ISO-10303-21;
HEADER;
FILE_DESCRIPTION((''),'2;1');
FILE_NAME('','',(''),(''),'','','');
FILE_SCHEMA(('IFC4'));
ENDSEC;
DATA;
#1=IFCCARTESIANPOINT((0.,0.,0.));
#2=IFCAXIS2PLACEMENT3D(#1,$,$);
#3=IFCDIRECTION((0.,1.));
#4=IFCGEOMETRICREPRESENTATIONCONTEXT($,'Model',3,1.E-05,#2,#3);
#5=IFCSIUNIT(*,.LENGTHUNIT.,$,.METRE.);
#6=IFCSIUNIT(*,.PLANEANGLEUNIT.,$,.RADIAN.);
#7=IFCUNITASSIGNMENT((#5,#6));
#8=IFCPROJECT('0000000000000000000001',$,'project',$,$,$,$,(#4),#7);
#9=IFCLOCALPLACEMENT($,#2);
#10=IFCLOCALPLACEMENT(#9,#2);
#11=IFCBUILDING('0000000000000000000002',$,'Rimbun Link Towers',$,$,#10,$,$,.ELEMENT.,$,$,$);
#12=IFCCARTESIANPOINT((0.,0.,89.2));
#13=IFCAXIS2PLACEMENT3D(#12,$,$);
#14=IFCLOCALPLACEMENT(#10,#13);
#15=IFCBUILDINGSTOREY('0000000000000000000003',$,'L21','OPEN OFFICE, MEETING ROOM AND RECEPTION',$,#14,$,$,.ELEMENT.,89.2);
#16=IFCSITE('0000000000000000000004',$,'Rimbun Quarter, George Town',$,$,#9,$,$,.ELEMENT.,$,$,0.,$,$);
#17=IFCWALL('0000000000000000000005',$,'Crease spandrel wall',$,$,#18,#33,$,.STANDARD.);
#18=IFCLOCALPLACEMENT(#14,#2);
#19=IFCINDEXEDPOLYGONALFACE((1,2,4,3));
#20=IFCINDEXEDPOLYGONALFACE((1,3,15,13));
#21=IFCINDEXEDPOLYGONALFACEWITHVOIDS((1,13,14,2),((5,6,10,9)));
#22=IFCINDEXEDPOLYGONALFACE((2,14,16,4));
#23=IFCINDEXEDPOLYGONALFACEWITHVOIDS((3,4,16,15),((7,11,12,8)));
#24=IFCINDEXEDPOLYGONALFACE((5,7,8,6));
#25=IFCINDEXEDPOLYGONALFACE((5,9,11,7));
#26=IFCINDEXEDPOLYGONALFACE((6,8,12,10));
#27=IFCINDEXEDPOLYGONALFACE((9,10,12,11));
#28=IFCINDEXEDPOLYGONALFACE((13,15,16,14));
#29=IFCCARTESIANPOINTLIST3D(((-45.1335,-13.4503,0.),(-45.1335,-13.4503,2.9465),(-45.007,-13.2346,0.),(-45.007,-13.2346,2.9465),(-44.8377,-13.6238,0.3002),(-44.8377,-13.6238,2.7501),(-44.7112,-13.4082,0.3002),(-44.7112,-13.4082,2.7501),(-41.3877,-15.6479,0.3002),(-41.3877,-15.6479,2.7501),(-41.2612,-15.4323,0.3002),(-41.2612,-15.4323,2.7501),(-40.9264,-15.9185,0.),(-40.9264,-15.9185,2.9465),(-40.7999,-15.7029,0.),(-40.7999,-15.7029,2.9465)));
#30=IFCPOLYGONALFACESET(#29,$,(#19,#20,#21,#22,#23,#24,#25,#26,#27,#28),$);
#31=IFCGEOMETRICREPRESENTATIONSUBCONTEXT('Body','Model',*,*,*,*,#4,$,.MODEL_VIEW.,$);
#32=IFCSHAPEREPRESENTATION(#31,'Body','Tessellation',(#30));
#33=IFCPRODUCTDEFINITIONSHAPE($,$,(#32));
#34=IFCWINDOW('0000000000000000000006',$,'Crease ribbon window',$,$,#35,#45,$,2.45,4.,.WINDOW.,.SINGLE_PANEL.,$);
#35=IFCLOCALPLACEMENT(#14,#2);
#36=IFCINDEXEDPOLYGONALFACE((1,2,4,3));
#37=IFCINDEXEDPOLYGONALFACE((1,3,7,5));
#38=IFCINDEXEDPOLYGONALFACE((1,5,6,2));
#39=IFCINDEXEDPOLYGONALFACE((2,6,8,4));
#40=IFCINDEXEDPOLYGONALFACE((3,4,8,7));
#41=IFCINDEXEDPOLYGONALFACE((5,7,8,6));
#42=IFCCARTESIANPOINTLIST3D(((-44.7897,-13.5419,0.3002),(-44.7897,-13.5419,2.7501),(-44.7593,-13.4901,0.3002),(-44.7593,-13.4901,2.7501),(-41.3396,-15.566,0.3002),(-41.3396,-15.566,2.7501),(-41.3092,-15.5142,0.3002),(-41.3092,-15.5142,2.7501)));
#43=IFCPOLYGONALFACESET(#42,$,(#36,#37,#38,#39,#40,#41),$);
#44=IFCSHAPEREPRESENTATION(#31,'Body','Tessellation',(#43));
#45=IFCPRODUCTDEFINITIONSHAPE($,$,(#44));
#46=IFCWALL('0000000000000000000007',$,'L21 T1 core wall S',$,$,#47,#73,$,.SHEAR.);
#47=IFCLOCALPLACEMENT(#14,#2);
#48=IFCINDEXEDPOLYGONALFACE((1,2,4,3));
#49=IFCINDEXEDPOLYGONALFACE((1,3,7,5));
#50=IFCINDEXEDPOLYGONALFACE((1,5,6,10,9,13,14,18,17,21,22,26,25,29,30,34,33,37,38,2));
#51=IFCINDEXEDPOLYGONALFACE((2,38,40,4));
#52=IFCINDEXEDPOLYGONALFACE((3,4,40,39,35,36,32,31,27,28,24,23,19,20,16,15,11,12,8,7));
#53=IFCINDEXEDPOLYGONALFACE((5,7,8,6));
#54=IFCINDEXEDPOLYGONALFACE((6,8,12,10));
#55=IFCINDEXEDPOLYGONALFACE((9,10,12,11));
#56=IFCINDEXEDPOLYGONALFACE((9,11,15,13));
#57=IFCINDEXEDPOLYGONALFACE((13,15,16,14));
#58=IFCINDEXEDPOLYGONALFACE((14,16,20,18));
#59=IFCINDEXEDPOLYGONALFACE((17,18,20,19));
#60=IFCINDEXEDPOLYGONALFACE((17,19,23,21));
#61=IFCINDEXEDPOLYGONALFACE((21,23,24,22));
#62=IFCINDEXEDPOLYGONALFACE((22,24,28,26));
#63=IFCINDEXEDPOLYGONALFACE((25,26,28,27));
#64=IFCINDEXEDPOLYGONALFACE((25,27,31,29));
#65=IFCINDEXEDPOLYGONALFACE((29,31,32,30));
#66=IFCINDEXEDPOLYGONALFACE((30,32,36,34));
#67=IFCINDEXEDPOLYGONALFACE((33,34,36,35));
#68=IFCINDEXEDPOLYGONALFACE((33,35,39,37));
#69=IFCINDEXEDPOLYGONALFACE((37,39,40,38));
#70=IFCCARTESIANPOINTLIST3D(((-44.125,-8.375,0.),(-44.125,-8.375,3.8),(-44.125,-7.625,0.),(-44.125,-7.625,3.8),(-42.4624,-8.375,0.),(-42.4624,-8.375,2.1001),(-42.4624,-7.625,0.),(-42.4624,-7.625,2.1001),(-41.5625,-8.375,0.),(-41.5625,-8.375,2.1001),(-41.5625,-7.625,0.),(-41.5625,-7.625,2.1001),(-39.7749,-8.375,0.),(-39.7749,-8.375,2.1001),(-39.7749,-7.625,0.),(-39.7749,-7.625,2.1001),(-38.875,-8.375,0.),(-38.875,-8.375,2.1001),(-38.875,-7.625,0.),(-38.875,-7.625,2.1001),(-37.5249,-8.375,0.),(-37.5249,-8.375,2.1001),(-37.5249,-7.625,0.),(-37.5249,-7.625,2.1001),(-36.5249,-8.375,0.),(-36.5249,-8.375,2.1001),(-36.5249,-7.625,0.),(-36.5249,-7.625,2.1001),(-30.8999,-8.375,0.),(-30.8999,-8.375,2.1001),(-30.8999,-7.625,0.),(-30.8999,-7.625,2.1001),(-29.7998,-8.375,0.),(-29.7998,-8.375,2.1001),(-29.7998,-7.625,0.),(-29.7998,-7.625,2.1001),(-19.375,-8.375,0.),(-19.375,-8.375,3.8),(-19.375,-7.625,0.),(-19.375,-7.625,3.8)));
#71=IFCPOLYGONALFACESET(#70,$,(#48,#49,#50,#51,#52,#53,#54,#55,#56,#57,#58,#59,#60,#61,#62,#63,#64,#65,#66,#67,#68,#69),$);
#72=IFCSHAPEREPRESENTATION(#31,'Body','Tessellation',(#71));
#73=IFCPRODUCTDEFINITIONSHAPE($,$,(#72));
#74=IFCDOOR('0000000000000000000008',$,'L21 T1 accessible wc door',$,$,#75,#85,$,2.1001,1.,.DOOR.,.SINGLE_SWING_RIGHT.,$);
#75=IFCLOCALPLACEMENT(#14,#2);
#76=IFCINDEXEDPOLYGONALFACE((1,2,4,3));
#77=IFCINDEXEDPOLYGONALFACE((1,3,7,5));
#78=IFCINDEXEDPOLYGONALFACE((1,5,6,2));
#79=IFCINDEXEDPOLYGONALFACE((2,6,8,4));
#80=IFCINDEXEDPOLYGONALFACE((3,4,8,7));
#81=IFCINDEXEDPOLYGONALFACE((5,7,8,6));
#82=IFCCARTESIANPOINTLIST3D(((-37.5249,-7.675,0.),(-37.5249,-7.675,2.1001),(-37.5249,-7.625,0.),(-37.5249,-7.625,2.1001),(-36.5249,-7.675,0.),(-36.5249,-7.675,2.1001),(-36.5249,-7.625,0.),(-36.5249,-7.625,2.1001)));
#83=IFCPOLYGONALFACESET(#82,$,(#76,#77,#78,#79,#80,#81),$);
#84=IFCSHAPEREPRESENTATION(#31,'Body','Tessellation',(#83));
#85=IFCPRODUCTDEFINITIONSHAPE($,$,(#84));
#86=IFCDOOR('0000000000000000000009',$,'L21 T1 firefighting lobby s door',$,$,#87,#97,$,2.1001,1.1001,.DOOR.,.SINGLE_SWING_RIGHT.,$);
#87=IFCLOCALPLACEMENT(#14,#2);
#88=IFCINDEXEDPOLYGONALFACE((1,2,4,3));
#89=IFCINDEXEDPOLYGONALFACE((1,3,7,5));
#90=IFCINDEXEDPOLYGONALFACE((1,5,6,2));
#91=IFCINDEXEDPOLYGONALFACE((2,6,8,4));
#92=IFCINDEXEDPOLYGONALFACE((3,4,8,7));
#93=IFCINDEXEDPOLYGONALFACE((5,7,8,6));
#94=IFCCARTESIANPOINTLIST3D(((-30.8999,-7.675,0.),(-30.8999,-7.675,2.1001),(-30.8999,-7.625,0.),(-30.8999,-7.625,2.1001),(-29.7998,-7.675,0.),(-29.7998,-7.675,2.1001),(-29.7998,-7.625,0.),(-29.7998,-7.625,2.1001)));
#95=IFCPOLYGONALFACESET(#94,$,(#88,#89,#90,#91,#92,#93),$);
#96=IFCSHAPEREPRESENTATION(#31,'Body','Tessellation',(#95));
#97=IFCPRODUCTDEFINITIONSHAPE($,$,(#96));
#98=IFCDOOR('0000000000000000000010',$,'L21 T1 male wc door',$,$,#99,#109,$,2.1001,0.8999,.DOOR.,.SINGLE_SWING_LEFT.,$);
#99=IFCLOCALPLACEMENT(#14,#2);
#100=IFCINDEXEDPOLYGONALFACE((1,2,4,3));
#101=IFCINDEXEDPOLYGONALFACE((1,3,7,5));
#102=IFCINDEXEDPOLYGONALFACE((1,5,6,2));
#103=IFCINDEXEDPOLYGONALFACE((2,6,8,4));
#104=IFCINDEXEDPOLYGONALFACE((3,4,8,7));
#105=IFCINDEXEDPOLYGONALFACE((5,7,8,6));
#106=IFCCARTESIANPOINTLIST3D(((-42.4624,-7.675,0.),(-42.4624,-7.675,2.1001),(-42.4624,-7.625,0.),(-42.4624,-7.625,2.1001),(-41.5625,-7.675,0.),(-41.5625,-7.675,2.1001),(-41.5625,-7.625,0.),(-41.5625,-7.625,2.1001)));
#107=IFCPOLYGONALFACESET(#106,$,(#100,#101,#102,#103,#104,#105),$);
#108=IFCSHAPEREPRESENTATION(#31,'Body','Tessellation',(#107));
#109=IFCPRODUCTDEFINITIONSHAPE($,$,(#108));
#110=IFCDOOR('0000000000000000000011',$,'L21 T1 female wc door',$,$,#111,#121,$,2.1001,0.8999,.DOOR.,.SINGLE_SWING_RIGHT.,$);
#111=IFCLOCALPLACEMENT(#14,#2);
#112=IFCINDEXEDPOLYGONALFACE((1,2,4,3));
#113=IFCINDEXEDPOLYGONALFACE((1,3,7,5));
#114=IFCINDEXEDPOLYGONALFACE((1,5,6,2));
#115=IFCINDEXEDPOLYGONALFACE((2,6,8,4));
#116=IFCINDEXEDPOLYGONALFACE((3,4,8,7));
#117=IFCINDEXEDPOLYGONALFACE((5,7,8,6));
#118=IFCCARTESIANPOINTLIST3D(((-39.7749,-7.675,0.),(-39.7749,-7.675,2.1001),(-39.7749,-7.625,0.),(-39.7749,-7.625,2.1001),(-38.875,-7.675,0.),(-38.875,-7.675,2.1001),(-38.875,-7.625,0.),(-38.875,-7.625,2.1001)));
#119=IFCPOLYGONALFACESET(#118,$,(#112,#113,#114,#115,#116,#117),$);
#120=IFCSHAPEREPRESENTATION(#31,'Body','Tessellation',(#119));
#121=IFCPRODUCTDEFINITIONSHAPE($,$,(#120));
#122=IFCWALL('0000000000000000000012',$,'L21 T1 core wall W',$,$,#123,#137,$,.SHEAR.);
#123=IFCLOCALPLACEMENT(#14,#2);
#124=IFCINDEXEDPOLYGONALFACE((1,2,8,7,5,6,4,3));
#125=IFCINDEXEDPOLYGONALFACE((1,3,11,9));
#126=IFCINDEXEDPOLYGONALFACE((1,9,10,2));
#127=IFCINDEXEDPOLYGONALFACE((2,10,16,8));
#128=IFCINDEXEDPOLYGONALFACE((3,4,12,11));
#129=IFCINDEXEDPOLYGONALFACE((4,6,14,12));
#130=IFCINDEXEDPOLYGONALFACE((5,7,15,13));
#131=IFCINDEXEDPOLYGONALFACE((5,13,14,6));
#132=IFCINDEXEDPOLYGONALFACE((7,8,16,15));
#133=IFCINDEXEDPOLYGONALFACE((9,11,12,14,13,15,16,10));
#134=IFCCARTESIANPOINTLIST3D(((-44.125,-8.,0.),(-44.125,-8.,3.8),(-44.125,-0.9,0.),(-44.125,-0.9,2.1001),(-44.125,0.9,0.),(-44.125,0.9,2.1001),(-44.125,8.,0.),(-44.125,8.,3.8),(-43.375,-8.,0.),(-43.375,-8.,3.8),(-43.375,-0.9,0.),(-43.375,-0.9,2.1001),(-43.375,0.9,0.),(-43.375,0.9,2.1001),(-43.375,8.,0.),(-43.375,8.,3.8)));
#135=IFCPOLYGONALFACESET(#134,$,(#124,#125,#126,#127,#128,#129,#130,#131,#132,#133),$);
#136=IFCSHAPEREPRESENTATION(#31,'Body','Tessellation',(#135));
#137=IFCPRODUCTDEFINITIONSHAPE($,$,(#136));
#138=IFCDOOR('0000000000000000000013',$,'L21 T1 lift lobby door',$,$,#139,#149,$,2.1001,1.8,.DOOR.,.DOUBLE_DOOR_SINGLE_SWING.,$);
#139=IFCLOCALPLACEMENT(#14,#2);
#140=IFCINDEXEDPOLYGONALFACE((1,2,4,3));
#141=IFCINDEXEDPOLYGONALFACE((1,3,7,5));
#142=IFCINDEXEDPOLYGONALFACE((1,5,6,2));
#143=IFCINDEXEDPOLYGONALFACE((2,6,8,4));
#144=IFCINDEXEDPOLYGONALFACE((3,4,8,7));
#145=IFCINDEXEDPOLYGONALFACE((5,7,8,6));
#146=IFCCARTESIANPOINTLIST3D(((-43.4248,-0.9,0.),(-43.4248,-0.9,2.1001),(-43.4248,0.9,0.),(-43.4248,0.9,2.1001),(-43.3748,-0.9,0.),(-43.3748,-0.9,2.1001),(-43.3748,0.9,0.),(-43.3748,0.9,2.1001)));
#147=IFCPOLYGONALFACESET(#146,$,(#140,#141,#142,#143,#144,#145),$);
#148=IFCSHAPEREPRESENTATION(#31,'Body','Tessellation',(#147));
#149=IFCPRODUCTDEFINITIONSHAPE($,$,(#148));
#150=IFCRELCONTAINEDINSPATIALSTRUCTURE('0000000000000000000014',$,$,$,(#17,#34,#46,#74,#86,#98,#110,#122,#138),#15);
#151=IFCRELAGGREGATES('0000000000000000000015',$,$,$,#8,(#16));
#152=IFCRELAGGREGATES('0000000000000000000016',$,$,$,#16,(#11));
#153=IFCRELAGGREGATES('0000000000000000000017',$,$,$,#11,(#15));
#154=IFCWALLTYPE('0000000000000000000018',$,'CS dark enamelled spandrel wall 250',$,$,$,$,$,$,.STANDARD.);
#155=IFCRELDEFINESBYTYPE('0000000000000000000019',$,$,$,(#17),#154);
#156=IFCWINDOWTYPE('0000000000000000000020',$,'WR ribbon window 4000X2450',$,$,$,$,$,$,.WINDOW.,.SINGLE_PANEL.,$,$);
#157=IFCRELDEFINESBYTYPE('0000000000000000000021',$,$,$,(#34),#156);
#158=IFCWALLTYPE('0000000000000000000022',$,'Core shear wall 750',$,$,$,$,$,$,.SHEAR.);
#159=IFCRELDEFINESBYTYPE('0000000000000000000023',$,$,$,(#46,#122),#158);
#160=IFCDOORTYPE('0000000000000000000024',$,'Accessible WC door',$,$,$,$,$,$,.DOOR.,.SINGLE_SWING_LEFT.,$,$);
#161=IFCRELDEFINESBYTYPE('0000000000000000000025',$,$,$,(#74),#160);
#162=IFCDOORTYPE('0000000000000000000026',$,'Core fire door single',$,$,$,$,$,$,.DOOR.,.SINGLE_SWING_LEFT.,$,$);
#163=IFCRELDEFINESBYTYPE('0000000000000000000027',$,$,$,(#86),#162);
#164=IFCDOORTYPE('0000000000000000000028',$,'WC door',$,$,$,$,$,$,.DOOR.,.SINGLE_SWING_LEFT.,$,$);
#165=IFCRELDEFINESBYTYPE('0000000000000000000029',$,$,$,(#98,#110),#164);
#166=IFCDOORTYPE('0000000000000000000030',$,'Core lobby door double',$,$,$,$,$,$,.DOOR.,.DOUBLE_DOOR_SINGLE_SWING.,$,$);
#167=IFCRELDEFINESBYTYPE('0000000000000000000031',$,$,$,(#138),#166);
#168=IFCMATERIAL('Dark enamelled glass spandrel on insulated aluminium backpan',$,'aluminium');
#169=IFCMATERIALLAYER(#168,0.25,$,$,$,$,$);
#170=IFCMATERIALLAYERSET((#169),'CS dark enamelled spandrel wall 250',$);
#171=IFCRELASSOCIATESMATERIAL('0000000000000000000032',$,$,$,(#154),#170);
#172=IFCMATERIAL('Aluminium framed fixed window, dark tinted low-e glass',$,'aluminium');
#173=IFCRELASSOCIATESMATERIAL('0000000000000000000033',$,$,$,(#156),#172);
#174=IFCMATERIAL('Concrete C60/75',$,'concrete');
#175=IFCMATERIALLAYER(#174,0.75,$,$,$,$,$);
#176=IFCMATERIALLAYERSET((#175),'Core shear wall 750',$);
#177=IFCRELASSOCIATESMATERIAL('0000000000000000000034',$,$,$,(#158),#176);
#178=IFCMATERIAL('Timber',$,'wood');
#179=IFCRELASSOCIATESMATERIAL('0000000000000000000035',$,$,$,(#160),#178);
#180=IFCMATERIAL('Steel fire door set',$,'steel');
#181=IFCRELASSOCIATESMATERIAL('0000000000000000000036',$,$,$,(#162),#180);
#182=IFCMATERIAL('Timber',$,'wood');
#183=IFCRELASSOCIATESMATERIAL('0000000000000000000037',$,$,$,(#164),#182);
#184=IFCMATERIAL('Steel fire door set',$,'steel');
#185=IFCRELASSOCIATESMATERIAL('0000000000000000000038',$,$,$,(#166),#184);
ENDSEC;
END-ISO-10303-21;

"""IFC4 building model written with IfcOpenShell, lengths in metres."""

from ifc_helpers import new_model, si_unit, direction, frame, frame_2d, origin, place, context, subcontext, project, spatial, rectangle, extrude, material, layer, layer_set, type_object, element, fill, save


model = new_model("IFC4")

# Units and contexts
model_context = context("Model", 3, precision=1e-05, world=origin(), true_north=direction((0.0, 1.0)))
body_context = subcontext(model_context, "Body", "Model", "MODEL_VIEW")
ifc_project = project(units=[si_unit("LENGTHUNIT", "METRE"), si_unit("PLANEANGLEUNIT", "RADIAN")], contexts=[model_context])

# Site, building, storey
site_placement = place(None, origin())
site = spatial("IfcSite", under=ifc_project, at=site_placement, Name="Rimbun Quarter, George Town", CompositionType="ELEMENT", RefElevation=0.0)
building_placement = place(site_placement, origin())
building = spatial("IfcBuilding", under=site, at=building_placement, Name="Rimbun Link Towers", CompositionType="ELEMENT")
storey_placement = place(building_placement, frame((0.0, 0.0, 89.2)))
storey = spatial("IfcBuildingStorey", under=building, at=storey_placement, Name="L21", Description="OPEN OFFICE, MEETING ROOM AND RECEPTION", CompositionType="ELEMENT", Elevation=89.2)

# Wall, opening, window
ifc_material_1 = material(Name="Dark enamelled glass spandrel on insulated aluminium backpan", Category="aluminium")
ifc_layer_1 = layer(ifc_material_1, 0.25)
ifc_layer_set_1 = layer_set([ifc_layer_1], Name="CS dark enamelled spandrel wall 250")
wall_type_1 = type_object("IfcWallType", Name="CS dark enamelled spandrel wall 250", PredefinedType="STANDARD", material=ifc_layer_set_1)
wall_1_placement = place(storey_placement, frame((-40.863, -15.8108, 0.0), z_axis=(0.0, 0.0, 1.0), x_axis=(-0.862513, 0.506035, 0.0)))
wall_1 = element("IfcWall", 1, at=wall_1_placement, inside=storey, type_object=wall_type_1, Name="Crease spandrel wall", PredefinedType="STANDARD", context=body_context, shape_type="SweptSolid", body=[
    extrude(rectangle(XDim=4.8777, YDim=0.25, at=frame_2d((2.439, 0.0))), origin(), (0.0, 0.0, 1.0), 2.9465),
])
opening_1_placement = place(wall_1_placement, frame((0.5349, 0.0, 0.3)))
opening_1 = element("IfcOpeningElement", 2, at=opening_1_placement, cuts=wall_1, PredefinedType="OPENING", context=body_context, shape_type="SweptSolid", body=[
    extrude(rectangle(XDim=4.0, YDim=2.45, at=frame_2d((2.0, 1.2251))), frame((0.0, 0.135, 0.0), z_axis=(0.0, -1.0, 0.0), x_axis=(1.0, 0.0, 0.0)), (0.0, 0.0, 1.0), 0.27),
])
ifc_material_2 = material(Name="Aluminium framed fixed window, dark tinted low-e glass", Category="aluminium")
window_type_1 = type_object("IfcWindowType", Name="WR ribbon window 4000X2450", PartitioningType="SINGLE_PANEL", PredefinedType="WINDOW", material=ifc_material_2)
window_1_placement = place(opening_1_placement, origin())
window_1 = element("IfcWindow", 3, at=window_1_placement, inside=storey, type_object=window_type_1, Name="Crease ribbon window", OverallHeight=2.45, OverallWidth=4.0, PartitioningType="SINGLE_PANEL", PredefinedType="WINDOW", context=body_context, shape_type="SweptSolid", body=[
    extrude(rectangle(XDim=4.0, YDim=2.45, at=frame_2d((2.0, 1.2251))), frame((0.0, 0.03, 0.0), z_axis=(0.0, -1.0, 0.0), x_axis=(1.0, 0.0, 0.0)), (0.0, 0.0, 1.0), 0.0601),
])
fill(opening_1, window_1)

# Wall, openings, doors
ifc_material_3 = material(Name="Concrete C60/75", Category="concrete")
ifc_layer_2 = layer(ifc_material_3, 0.75)
ifc_layer_set_2 = layer_set([ifc_layer_2], Name="Core shear wall 750")
wall_type_2 = type_object("IfcWallType", Name="Core shear wall 750", PredefinedType="SHEAR", material=ifc_layer_set_2)
wall_2_placement = place(storey_placement, frame((-44.125, -8.0, 0.0), z_axis=(0.0, 0.0, 1.0), x_axis=(1.0, 0.0, 0.0)))
wall_2 = element("IfcWall", 4, at=wall_2_placement, inside=storey, type_object=wall_type_2, Name="L21 T1 core wall S", PredefinedType="SHEAR", context=body_context, shape_type="SweptSolid", body=[
    extrude(rectangle(XDim=24.75, YDim=0.75, at=frame_2d((12.375, 0.0))), origin(), (0.0, 0.0, 1.0), 3.8),
])
opening_2_placement = place(wall_2_placement, frame((13.2251, 0.0, 0.0)))
opening_2 = element("IfcOpeningElement", 5, at=opening_2_placement, cuts=wall_2, PredefinedType="OPENING", context=body_context, shape_type="SweptSolid", body=[
    extrude(rectangle(XDim=1.1001, YDim=2.1001, at=frame_2d((0.55, 1.05))), frame((0.0, 0.385, 0.0), z_axis=(0.0, -1.0, 0.0), x_axis=(1.0, 0.0, 0.0)), (0.0, 0.0, 1.0), 0.77),
])
opening_3_placement = place(wall_2_placement, frame((1.6626, 0.0, 0.0)))
opening_3 = element("IfcOpeningElement", 6, at=opening_3_placement, cuts=wall_2, PredefinedType="OPENING", context=body_context, shape_type="SweptSolid", body=[
    extrude(rectangle(XDim=0.8999, YDim=2.1001, at=frame_2d((0.45, 1.05))), frame((0.0, 0.385, 0.0), z_axis=(0.0, -1.0, 0.0), x_axis=(1.0, 0.0, 0.0)), (0.0, 0.0, 1.0), 0.77),
])
opening_4_placement = place(wall_2_placement, frame((4.3501, 0.0, 0.0)))
opening_4 = element("IfcOpeningElement", 7, at=opening_4_placement, cuts=wall_2, PredefinedType="OPENING", context=body_context, shape_type="SweptSolid", body=[
    extrude(rectangle(XDim=0.8999, YDim=2.1001, at=frame_2d((0.45, 1.05))), frame((0.0, 0.385, 0.0), z_axis=(0.0, -1.0, 0.0), x_axis=(1.0, 0.0, 0.0)), (0.0, 0.0, 1.0), 0.77),
])
opening_5_placement = place(wall_2_placement, frame((6.6001, 0.0, 0.0)))
opening_5 = element("IfcOpeningElement", 8, at=opening_5_placement, cuts=wall_2, PredefinedType="OPENING", context=body_context, shape_type="SweptSolid", body=[
    extrude(rectangle(XDim=1.0, YDim=2.1001, at=frame_2d((0.5, 1.05))), frame((0.0, 0.385, 0.0), z_axis=(0.0, -1.0, 0.0), x_axis=(1.0, 0.0, 0.0)), (0.0, 0.0, 1.0), 0.77),
])
ifc_material_4 = material(Name="Timber", Category="wood")
door_type_1 = type_object("IfcDoorType", Name="Accessible WC door", OperationType="SINGLE_SWING_LEFT", PredefinedType="DOOR", material=ifc_material_4)
door_1_placement = place(opening_5_placement, origin())
door_1 = element("IfcDoor", 9, at=door_1_placement, inside=storey, type_object=door_type_1, Name="L21 T1 accessible wc door", OperationType="SINGLE_SWING_RIGHT", OverallHeight=2.1001, OverallWidth=1.0, PredefinedType="DOOR", context=body_context, shape_type="SweptSolid", body=[
    extrude(rectangle(XDim=1.0, YDim=2.1001, at=frame_2d((0.5, 1.05))), frame((0.0, 0.375, 0.0), z_axis=(0.0, -1.0, 0.0), x_axis=(1.0, 0.0, 0.0)), (0.0, 0.0, 1.0), 0.05),
])
fill(opening_5, door_1)
ifc_material_5 = material(Name="Steel fire door set", Category="steel")
door_type_2 = type_object("IfcDoorType", Name="Core fire door single", OperationType="SINGLE_SWING_LEFT", PredefinedType="DOOR", material=ifc_material_5)
door_2_placement = place(opening_2_placement, origin())
door_2 = element("IfcDoor", 10, at=door_2_placement, inside=storey, type_object=door_type_2, Name="L21 T1 firefighting lobby s door", OperationType="SINGLE_SWING_RIGHT", OverallHeight=2.1001, OverallWidth=1.1001, PredefinedType="DOOR", context=body_context, shape_type="SweptSolid", body=[
    extrude(rectangle(XDim=1.1001, YDim=2.1001, at=frame_2d((0.55, 1.05))), frame((0.0, 0.375, 0.0), z_axis=(0.0, -1.0, 0.0), x_axis=(1.0, 0.0, 0.0)), (0.0, 0.0, 1.0), 0.05),
])
fill(opening_2, door_2)
ifc_material_6 = material(Name="Timber", Category="wood")
door_type_3 = type_object("IfcDoorType", Name="WC door", OperationType="SINGLE_SWING_LEFT", PredefinedType="DOOR", material=ifc_material_6)
door_3_placement = place(opening_3_placement, origin())
door_3 = element("IfcDoor", 11, at=door_3_placement, inside=storey, type_object=door_type_3, Name="L21 T1 male wc door", OperationType="SINGLE_SWING_LEFT", OverallHeight=2.1001, OverallWidth=0.8999, PredefinedType="DOOR", context=body_context, shape_type="SweptSolid", body=[
    extrude(rectangle(XDim=0.8999, YDim=2.1001, at=frame_2d((0.45, 1.05))), frame((0.0, 0.375, 0.0), z_axis=(0.0, -1.0, 0.0), x_axis=(1.0, 0.0, 0.0)), (0.0, 0.0, 1.0), 0.05),
])
fill(opening_3, door_3)
door_4_placement = place(opening_4_placement, origin())
door_4 = element("IfcDoor", 12, at=door_4_placement, inside=storey, type_object=door_type_3, Name="L21 T1 female wc door", OperationType="SINGLE_SWING_RIGHT", OverallHeight=2.1001, OverallWidth=0.8999, PredefinedType="DOOR", context=body_context, shape_type="SweptSolid", body=[
    extrude(rectangle(XDim=0.8999, YDim=2.1001, at=frame_2d((0.45, 1.05))), frame((0.0, 0.375, 0.0), z_axis=(0.0, -1.0, 0.0), x_axis=(1.0, 0.0, 0.0)), (0.0, 0.0, 1.0), 0.05),
])
fill(opening_4, door_4)

# Wall, opening, door
wall_3_placement = place(storey_placement, frame((-43.75, -8.0, 0.0), z_axis=(0.0, 0.0, 1.0), x_axis=(0.0, 1.0, 0.0)))
wall_3 = element("IfcWall", 13, at=wall_3_placement, inside=storey, type_object=wall_type_2, Name="L21 T1 core wall W", PredefinedType="SHEAR", context=body_context, shape_type="SweptSolid", body=[
    extrude(rectangle(XDim=16.0, YDim=0.75, at=frame_2d((8.0, 0.0))), origin(), (0.0, 0.0, 1.0), 3.8),
])
opening_6_placement = place(wall_3_placement, frame((7.1001, 0.0, 0.0)))
opening_6 = element("IfcOpeningElement", 14, at=opening_6_placement, cuts=wall_3, PredefinedType="OPENING", context=body_context, shape_type="SweptSolid", body=[
    extrude(rectangle(XDim=1.8, YDim=2.1001, at=frame_2d((0.8999, 1.05))), frame((0.0, 0.385, 0.0), z_axis=(0.0, -1.0, 0.0), x_axis=(1.0, 0.0, 0.0)), (0.0, 0.0, 1.0), 0.77),
])
ifc_material_7 = material(Name="Steel fire door set", Category="steel")
door_type_4 = type_object("IfcDoorType", Name="Core lobby door double", OperationType="DOUBLE_DOOR_SINGLE_SWING", PredefinedType="DOOR", material=ifc_material_7)
door_5_placement = place(opening_6_placement, origin())
door_5 = element("IfcDoor", 15, at=door_5_placement, inside=storey, type_object=door_type_4, Name="L21 T1 lift lobby door", OperationType="DOUBLE_DOOR_SINGLE_SWING", OverallHeight=2.1001, OverallWidth=1.8, PredefinedType="DOOR", context=body_context, shape_type="SweptSolid", body=[
    extrude(rectangle(XDim=1.8, YDim=2.1001, at=frame_2d((0.8999, 1.05))), frame((0.0, -0.3252, 0.0), z_axis=(0.0, -1.0, 0.0), x_axis=(1.0, 0.0, 0.0)), (0.0, 0.0, 1.0), 0.05),
])
fill(opening_6, door_5)

save(model, "model.ifc")
